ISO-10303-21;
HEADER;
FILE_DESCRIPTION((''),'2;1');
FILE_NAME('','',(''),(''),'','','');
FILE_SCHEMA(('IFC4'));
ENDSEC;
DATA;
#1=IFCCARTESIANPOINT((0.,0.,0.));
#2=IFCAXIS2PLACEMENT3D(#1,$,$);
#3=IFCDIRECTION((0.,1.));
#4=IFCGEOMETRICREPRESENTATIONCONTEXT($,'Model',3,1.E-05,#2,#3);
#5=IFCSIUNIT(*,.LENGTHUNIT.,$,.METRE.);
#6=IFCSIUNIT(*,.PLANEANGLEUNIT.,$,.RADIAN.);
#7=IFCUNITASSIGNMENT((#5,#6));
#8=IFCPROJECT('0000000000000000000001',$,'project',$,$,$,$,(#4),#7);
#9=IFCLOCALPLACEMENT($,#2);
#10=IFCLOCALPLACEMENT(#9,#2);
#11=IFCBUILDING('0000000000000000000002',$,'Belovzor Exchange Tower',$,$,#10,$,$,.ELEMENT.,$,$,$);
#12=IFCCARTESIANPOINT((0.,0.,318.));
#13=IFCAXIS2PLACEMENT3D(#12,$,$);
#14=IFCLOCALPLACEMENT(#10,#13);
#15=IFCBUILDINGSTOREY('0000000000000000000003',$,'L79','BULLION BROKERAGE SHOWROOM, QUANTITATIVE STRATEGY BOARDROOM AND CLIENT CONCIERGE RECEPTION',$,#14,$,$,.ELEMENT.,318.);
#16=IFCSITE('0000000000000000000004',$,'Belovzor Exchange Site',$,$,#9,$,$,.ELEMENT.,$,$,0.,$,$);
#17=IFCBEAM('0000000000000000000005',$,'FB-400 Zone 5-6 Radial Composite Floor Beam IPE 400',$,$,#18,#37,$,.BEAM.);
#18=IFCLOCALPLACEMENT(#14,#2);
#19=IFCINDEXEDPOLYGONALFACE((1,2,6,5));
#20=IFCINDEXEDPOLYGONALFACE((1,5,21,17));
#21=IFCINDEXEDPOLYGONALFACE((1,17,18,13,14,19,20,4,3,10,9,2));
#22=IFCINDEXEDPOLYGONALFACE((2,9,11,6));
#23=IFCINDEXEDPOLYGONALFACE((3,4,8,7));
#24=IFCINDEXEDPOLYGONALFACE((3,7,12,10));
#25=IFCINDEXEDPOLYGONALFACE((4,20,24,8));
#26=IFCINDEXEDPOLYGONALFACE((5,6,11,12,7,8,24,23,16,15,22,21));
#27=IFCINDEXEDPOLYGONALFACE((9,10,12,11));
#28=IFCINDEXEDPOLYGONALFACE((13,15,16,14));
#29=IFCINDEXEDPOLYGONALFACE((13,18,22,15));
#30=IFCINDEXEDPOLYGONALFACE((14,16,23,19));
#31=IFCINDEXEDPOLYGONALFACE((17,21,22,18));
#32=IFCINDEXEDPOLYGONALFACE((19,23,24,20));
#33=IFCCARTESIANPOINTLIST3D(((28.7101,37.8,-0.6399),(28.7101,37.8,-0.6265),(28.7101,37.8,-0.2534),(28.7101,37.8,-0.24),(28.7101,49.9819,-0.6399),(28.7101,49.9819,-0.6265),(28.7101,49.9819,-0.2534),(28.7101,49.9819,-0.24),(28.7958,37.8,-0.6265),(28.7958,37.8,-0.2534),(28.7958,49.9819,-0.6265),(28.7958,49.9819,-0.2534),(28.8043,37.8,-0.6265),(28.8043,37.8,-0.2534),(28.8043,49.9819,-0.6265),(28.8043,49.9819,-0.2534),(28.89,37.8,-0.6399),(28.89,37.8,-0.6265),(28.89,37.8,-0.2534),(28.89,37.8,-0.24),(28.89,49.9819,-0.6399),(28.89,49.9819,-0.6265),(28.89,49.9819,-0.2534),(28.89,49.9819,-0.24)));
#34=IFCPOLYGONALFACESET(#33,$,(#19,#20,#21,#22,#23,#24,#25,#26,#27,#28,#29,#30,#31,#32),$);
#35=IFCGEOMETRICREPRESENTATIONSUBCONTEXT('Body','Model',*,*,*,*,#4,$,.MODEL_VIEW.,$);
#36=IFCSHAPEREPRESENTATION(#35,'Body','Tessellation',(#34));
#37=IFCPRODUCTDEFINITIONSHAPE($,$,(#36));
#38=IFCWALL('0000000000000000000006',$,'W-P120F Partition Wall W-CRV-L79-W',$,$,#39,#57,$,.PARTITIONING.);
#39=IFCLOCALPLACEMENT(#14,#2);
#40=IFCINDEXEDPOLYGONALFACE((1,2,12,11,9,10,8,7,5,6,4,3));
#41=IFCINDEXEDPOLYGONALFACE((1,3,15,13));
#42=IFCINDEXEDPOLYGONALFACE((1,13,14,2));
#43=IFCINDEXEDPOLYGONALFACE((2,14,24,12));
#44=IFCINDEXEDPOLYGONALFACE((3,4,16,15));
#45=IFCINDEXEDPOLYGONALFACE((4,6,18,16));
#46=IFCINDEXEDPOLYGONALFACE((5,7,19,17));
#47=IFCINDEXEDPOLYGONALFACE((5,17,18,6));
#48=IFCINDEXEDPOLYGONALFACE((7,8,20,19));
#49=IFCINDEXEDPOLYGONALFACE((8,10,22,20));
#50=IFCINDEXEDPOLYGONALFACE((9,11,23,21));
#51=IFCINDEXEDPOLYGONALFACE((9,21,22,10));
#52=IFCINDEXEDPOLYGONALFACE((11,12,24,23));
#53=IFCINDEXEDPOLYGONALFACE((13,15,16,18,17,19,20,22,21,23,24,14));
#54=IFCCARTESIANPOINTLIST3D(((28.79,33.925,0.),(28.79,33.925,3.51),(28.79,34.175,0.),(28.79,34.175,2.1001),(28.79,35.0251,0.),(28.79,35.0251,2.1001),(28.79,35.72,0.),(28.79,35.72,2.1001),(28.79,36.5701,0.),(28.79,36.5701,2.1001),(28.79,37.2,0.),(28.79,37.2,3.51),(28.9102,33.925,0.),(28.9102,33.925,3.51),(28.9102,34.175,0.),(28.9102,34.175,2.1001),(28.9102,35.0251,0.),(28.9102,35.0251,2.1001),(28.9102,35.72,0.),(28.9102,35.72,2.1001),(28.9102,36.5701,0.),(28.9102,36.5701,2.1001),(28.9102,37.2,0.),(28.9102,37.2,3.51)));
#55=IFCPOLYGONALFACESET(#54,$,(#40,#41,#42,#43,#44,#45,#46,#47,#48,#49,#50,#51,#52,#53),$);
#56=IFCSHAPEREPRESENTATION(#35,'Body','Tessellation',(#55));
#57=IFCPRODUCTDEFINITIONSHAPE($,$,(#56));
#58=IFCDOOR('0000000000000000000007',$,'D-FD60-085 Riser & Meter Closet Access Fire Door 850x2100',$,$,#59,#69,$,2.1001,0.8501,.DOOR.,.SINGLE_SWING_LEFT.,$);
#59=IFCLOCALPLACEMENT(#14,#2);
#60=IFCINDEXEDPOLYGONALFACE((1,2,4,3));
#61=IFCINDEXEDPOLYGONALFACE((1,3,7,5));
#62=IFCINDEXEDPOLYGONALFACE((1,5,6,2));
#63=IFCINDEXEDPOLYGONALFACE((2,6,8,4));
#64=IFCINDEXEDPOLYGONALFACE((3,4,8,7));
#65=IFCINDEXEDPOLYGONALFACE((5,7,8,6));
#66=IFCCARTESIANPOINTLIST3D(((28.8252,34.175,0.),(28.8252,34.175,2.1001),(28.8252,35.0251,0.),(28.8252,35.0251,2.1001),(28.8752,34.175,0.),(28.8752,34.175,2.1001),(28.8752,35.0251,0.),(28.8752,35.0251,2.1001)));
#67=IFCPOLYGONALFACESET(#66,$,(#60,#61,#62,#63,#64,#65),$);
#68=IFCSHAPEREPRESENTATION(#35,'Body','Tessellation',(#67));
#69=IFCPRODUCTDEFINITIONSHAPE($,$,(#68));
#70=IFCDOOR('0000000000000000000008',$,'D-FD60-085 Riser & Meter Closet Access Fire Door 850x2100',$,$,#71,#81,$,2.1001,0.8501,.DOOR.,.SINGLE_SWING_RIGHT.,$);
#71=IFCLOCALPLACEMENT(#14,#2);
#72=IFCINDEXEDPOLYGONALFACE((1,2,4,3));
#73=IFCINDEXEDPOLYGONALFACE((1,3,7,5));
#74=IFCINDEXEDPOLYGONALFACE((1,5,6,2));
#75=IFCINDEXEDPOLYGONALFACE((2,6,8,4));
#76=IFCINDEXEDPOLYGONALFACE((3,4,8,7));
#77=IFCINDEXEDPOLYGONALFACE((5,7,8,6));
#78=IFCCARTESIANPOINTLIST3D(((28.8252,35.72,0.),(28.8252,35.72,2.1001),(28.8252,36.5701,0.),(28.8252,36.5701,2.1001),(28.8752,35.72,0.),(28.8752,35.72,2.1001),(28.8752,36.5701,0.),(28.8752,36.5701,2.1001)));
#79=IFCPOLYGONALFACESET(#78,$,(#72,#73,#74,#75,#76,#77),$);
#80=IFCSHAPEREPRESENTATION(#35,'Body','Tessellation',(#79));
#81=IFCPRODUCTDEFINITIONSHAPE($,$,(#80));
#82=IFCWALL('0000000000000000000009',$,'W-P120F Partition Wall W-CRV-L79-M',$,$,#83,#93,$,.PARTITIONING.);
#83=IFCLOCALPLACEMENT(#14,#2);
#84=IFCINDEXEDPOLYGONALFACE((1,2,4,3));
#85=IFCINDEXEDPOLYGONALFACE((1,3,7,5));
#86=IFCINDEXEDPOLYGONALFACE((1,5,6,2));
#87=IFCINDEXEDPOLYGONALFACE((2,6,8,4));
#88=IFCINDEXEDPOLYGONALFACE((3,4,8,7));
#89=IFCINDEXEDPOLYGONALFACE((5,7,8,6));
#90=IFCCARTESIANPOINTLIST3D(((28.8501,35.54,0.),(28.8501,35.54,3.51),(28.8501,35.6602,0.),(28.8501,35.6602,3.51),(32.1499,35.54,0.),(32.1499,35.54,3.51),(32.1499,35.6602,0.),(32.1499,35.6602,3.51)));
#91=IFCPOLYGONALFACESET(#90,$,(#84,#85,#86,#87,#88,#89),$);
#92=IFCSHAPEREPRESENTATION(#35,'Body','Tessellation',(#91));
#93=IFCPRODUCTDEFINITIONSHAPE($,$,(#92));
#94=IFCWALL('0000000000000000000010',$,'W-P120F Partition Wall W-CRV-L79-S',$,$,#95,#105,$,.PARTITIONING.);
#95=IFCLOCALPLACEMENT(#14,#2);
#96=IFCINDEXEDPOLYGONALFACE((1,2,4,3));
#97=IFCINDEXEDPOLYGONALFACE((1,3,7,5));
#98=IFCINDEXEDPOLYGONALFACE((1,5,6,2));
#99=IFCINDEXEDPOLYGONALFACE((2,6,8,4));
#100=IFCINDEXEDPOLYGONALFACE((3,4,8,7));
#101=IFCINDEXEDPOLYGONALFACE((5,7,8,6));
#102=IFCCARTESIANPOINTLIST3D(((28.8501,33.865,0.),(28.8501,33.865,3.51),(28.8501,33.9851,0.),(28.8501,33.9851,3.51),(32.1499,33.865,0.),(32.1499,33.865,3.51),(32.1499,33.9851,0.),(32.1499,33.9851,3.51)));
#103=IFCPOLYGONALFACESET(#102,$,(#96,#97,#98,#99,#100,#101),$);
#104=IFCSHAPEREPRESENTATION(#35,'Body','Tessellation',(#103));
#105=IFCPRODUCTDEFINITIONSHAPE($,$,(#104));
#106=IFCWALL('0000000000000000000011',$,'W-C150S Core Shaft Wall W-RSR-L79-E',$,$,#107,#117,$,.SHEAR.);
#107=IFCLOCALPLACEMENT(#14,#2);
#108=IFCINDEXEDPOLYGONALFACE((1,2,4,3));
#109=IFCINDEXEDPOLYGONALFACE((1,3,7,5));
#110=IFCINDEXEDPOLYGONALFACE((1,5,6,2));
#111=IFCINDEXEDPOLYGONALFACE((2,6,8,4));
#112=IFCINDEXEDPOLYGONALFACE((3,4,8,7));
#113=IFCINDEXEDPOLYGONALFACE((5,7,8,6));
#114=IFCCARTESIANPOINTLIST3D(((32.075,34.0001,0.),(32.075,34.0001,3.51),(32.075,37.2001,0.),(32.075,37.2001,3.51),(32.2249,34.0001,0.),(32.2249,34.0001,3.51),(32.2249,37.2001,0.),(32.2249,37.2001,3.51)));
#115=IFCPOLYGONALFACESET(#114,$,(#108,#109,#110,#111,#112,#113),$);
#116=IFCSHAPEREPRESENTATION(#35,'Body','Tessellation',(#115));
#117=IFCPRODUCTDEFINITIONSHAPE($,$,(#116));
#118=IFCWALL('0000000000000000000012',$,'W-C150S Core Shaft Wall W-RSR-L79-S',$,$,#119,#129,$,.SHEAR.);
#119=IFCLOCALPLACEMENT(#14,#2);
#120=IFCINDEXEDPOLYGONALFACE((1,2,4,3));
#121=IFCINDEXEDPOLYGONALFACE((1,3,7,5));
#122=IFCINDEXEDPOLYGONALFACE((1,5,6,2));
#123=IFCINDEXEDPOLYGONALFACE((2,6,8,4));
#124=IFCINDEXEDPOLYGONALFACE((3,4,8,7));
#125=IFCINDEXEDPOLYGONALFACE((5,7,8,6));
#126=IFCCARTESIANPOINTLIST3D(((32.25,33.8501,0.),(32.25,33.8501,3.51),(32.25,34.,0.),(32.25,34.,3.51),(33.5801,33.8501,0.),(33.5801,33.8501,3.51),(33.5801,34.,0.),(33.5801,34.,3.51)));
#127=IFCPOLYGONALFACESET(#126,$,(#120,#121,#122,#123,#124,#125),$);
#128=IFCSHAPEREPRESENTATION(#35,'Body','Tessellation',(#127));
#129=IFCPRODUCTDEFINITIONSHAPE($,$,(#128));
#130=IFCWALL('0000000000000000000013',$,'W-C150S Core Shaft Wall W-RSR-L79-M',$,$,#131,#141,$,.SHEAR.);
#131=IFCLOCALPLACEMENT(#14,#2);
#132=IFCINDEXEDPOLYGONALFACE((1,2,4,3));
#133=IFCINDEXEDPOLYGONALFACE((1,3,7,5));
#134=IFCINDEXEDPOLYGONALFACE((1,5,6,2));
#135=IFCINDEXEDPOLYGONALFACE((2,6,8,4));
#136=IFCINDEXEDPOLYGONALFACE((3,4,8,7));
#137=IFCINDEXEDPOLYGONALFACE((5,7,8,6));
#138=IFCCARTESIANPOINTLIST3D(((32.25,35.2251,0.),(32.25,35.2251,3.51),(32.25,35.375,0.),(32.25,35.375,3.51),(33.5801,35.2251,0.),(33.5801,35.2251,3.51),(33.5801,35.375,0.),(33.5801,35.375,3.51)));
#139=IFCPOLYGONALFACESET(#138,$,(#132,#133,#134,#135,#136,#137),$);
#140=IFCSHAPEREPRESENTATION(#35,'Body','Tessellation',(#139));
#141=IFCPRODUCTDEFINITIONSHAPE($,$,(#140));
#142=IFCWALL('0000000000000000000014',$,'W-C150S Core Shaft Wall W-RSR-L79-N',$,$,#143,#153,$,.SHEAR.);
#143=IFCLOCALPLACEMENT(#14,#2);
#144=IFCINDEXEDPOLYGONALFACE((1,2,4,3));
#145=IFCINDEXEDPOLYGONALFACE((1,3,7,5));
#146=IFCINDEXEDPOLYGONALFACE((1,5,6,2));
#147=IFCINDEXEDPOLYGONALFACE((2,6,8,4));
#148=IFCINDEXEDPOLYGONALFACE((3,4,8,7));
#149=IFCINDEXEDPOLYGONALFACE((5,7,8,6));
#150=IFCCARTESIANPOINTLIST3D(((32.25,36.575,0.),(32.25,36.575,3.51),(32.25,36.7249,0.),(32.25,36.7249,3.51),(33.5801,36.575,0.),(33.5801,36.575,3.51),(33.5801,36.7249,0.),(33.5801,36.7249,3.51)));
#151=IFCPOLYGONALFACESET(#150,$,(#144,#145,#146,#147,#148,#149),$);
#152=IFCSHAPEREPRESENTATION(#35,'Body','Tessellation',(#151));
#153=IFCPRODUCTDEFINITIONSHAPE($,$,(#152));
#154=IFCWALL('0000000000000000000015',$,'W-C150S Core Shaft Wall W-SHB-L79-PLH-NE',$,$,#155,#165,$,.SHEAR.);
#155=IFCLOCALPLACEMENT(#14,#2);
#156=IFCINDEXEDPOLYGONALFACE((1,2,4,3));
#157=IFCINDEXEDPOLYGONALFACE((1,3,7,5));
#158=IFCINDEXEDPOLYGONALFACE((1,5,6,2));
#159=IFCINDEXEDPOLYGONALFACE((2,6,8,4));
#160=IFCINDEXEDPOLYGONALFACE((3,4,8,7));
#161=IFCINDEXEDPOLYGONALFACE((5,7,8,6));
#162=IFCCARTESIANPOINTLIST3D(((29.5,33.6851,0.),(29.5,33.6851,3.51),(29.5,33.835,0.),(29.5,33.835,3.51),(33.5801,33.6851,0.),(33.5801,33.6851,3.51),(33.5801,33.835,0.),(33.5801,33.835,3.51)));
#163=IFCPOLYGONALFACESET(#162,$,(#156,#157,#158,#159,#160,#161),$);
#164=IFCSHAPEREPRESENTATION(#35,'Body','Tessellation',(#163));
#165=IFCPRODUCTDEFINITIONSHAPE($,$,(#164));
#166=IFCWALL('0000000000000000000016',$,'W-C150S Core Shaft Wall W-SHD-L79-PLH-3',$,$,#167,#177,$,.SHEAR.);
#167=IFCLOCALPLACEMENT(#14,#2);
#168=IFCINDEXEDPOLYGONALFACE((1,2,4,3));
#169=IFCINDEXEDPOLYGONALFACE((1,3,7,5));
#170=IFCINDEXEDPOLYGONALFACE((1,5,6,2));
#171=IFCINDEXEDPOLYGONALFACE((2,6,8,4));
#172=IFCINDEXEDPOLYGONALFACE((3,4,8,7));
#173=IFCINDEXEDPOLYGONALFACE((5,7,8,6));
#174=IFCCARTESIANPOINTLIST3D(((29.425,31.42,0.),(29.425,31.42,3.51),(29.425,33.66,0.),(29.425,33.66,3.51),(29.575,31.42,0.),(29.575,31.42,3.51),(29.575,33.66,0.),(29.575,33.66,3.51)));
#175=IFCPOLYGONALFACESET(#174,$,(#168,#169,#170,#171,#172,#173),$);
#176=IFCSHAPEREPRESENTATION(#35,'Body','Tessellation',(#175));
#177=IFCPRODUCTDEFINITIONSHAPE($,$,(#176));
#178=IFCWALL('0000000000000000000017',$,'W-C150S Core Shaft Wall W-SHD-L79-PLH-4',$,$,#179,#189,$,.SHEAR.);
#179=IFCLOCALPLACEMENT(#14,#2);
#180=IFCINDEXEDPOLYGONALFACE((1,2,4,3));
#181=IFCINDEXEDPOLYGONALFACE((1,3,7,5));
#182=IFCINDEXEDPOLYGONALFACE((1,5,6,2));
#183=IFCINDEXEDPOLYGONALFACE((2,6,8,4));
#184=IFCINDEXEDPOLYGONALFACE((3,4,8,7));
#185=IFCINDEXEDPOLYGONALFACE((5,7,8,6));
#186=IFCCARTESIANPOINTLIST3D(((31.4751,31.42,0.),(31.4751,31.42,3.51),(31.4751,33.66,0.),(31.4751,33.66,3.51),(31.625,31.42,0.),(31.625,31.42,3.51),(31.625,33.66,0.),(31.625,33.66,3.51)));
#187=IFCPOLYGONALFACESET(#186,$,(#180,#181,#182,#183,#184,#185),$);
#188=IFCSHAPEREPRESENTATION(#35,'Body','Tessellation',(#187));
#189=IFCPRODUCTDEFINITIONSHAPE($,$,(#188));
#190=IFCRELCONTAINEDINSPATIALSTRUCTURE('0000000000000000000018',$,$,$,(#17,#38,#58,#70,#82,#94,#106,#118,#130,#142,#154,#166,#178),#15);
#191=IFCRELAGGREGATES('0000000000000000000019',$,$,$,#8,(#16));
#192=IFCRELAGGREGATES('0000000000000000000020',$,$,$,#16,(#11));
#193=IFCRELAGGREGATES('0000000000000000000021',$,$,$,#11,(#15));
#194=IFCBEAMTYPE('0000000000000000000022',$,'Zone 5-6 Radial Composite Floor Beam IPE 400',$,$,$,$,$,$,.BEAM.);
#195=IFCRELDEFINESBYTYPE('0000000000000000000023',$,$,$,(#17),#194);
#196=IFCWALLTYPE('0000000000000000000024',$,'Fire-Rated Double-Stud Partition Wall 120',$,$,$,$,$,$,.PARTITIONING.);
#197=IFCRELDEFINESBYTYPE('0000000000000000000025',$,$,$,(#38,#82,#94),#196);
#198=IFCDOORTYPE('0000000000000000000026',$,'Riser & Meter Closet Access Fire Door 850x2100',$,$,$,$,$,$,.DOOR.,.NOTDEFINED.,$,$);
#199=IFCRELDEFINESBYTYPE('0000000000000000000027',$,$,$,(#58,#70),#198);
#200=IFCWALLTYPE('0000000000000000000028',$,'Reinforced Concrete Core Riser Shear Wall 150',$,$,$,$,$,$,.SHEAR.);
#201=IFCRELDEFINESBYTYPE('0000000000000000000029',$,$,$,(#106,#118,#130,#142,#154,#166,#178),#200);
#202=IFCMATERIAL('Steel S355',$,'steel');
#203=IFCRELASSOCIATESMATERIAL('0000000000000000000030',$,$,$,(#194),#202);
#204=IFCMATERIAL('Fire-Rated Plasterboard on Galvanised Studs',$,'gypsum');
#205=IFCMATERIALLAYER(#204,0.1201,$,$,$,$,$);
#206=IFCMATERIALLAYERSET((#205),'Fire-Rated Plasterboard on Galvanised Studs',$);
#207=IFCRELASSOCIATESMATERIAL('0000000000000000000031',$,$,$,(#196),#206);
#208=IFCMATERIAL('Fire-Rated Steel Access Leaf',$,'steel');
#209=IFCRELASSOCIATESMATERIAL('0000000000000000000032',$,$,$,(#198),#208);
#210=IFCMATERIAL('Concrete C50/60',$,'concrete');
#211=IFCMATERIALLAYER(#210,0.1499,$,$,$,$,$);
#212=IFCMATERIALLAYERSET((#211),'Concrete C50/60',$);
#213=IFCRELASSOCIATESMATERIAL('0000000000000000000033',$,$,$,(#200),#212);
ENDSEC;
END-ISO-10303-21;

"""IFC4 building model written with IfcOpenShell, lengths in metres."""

from ifc_helpers import new_model, si_unit, direction, frame, frame_2d, origin, origin_2d, place, context, subcontext, project, spatial, rectangle, i_section, extrude, material, layer, layer_set, material_profile, profile_set, type_object, element, fill, save


model = new_model("IFC4")

# Units and contexts
model_context = context("Model", 3, precision=1e-05, world=origin(), true_north=direction((0.0, 1.0)))
body_context = subcontext(model_context, "Body", "Model", "MODEL_VIEW")
ifc_project = project(units=[si_unit("LENGTHUNIT", "METRE"), si_unit("PLANEANGLEUNIT", "RADIAN")], contexts=[model_context])

# Site, building, storey
site_placement = place(None, origin())
site = spatial("IfcSite", under=ifc_project, at=site_placement, Name="Belovzor Exchange Site", CompositionType="ELEMENT", RefElevation=0.0)
building_placement = place(site_placement, origin())
building = spatial("IfcBuilding", under=site, at=building_placement, Name="Belovzor Exchange Tower", CompositionType="ELEMENT")
storey_placement = place(building_placement, frame((0.0, 0.0, 318.0)))
storey = spatial("IfcBuildingStorey", under=building, at=storey_placement, Name="L79", Description="BULLION BROKERAGE SHOWROOM, QUANTITATIVE STRATEGY BOARDROOM AND CLIENT CONCIERGE RECEPTION", CompositionType="ELEMENT", Elevation=318.0)

# Beam
ifc_material_1 = material(Name="Steel S355", Category="steel")
ifc_material_profile = material_profile(ifc_material_1, i_section(OverallWidth=0.1799, OverallDepth=0.3999, WebThickness=0.0085, FlangeThickness=0.0134, at=origin_2d()))
ifc_profile_set = profile_set([ifc_material_profile], Name="Steel S355")
beam_type = type_object("IfcBeamType", Name="Zone 5-6 Radial Composite Floor Beam IPE 400", PredefinedType="BEAM", material=ifc_profile_set)
beam_placement = place(storey_placement, frame((28.8, 37.8, -0.4399), z_axis=(0.0, 1.0, 0.0), x_axis=(-1.0, 0.0, 0.0)))
element("IfcBeam", 1, at=beam_placement, inside=storey, type_object=beam_type, Name="FB-400 Zone 5-6 Radial Composite Floor Beam IPE 400", PredefinedType="BEAM", context=body_context, shape_type="SweptSolid", body=[
    extrude(i_section(OverallWidth=0.1799, OverallDepth=0.3999, WebThickness=0.0085, FlangeThickness=0.0134, at=origin_2d()), origin(), (0.0, 0.0, 1.0), 12.1819),
])

# Wall, openings, doors
ifc_material_2 = material(Name="Fire-Rated Plasterboard on Galvanised Studs", Category="gypsum")
ifc_layer_1 = layer(ifc_material_2, 0.1201)
ifc_layer_set_1 = layer_set([ifc_layer_1], Name="Fire-Rated Plasterboard on Galvanised Studs")
wall_type_1 = type_object("IfcWallType", Name="Fire-Rated Double-Stud Partition Wall 120", PredefinedType="PARTITIONING", material=ifc_layer_set_1)
wall_1_placement = place(storey_placement, frame((28.8501, 33.925, 0.0), z_axis=(0.0, 0.0, 1.0), x_axis=(0.0, 1.0, 0.0)))
wall_1 = element("IfcWall", 2, at=wall_1_placement, inside=storey, type_object=wall_type_1, Name="W-P120F Partition Wall W-CRV-L79-W", PredefinedType="PARTITIONING", context=body_context, shape_type="SweptSolid", body=[
    extrude(rectangle(XDim=3.2749, YDim=0.1201, at=frame_2d((1.6375, 0.0))), origin(), (0.0, 0.0, 1.0), 3.51),
])
opening_1_placement = place(wall_1_placement, frame((0.25, 0.0, 0.0)))
opening_1 = element("IfcOpeningElement", 3, at=opening_1_placement, cuts=wall_1, PredefinedType="OPENING", context=body_context, shape_type="SweptSolid", body=[
    extrude(rectangle(XDim=0.8501, YDim=2.1001, at=frame_2d((0.425, 1.05))), frame((0.0, 0.0701, 0.0), z_axis=(0.0, -1.0, 0.0), x_axis=(1.0, 0.0, 0.0)), (0.0, 0.0, 1.0), 0.1401),
])
opening_2_placement = place(wall_1_placement, frame((1.7949, 0.0, 0.0)))
opening_2 = element("IfcOpeningElement", 4, at=opening_2_placement, cuts=wall_1, PredefinedType="OPENING", context=body_context, shape_type="SweptSolid", body=[
    extrude(rectangle(XDim=0.8501, YDim=2.1001, at=frame_2d((0.425, 1.05))), frame((0.0, 0.0701, 0.0), z_axis=(0.0, -1.0, 0.0), x_axis=(1.0, 0.0, 0.0)), (0.0, 0.0, 1.0), 0.1401),
])
ifc_material_3 = material(Name="Fire-Rated Steel Access Leaf", Category="steel")
door_type_1 = type_object("IfcDoorType", Name="Riser & Meter Closet Access Fire Door 850x2100", OperationType="NOTDEFINED", PredefinedType="DOOR", material=ifc_material_3)
door_1_placement = place(opening_1_placement, origin())
door_1 = element("IfcDoor", 5, at=door_1_placement, inside=storey, type_object=door_type_1, Name="D-FD60-085 Riser & Meter Closet Access Fire Door 850x2100", OperationType="SINGLE_SWING_LEFT", OverallHeight=2.1001, OverallWidth=0.8501, PredefinedType="DOOR", context=body_context, shape_type="SweptSolid", body=[
    extrude(rectangle(XDim=0.8501, YDim=2.1001, at=frame_2d((0.425, 1.05))), frame((0.0, 0.0249, 0.0), z_axis=(0.0, -1.0, 0.0), x_axis=(1.0, 0.0, 0.0)), (0.0, 0.0, 1.0), 0.05),
])
fill(opening_1, door_1)
door_2_placement = place(opening_2_placement, origin())
door_2 = element("IfcDoor", 6, at=door_2_placement, inside=storey, type_object=door_type_1, Name="D-FD60-085 Riser & Meter Closet Access Fire Door 850x2100", OperationType="SINGLE_SWING_RIGHT", OverallHeight=2.1001, OverallWidth=0.8501, PredefinedType="DOOR", context=body_context, shape_type="SweptSolid", body=[
    extrude(rectangle(XDim=0.8501, YDim=2.1001, at=frame_2d((0.425, 1.05))), frame((0.0, 0.0249, 0.0), z_axis=(0.0, -1.0, 0.0), x_axis=(1.0, 0.0, 0.0)), (0.0, 0.0, 1.0), 0.05),
])
fill(opening_2, door_2)

# Walls
for number, where, z_axis, x_axis, name in (
    (7, (28.8501, 35.6001, 0.0), (0.0, 0.0, 1.0), (1.0, 0.0, 0.0), "W-P120F Partition Wall W-CRV-L79-M"),
    (8, (28.8501, 33.925, 0.0), (0.0, 0.0, 1.0), (1.0, 0.0, 0.0), "W-P120F Partition Wall W-CRV-L79-S"),
):
    element("IfcWall", number, at=place(storey_placement, frame(where, z_axis=z_axis, x_axis=x_axis)), inside=storey, type_object=wall_type_1, Name=name, PredefinedType="PARTITIONING", context=body_context, shape_type="SweptSolid", body=[
        extrude(rectangle(XDim=3.2998, YDim=0.1201, at=frame_2d((1.6499, 0.0))), origin(), (0.0, 0.0, 1.0), 3.51),
    ])
ifc_material_4 = material(Name="Concrete C50/60", Category="concrete")
ifc_layer_2 = layer(ifc_material_4, 0.1499)
ifc_layer_set_2 = layer_set([ifc_layer_2], Name="Concrete C50/60")
wall_type_2 = type_object("IfcWallType", Name="Reinforced Concrete Core Riser Shear Wall 150", PredefinedType="SHEAR", material=ifc_layer_set_2)
wall_2_placement = place(storey_placement, frame((32.1499, 34.0, 0.0), z_axis=(0.0, 0.0, 1.0), x_axis=(0.0, 1.0, 0.0)))
element("IfcWall", 9, at=wall_2_placement, inside=storey, type_object=wall_type_2, Name="W-C150S Core Shaft Wall W-RSR-L79-E", PredefinedType="SHEAR", context=body_context, shape_type="SweptSolid", body=[
    extrude(rectangle(XDim=3.2, YDim=0.1499, at=frame_2d((1.6001, 0.0))), origin(), (0.0, 0.0, 1.0), 3.51),
])
for number, where, z_axis, x_axis, name in (
    (10, (32.25, 33.925, 0.0), (0.0, 0.0, 1.0), (1.0, 0.0, 0.0), "W-C150S Core Shaft Wall W-RSR-L79-S"),
    (11, (32.25, 35.3, 0.0), (0.0, 0.0, 1.0), (1.0, 0.0, 0.0), "W-C150S Core Shaft Wall W-RSR-L79-M"),
    (12, (32.25, 36.6499, 0.0), (0.0, 0.0, 1.0), (1.0, 0.0, 0.0), "W-C150S Core Shaft Wall W-RSR-L79-N"),
):
    element("IfcWall", number, at=place(storey_placement, frame(where, z_axis=z_axis, x_axis=x_axis)), inside=storey, type_object=wall_type_2, Name=name, PredefinedType="SHEAR", context=body_context, shape_type="SweptSolid", body=[
        extrude(rectangle(XDim=1.3301, YDim=0.1499, at=frame_2d((0.665, 0.0))), origin(), (0.0, 0.0, 1.0), 3.51),
    ])
wall_3_placement = place(storey_placement, frame((29.5, 33.76, 0.0), z_axis=(0.0, 0.0, 1.0), x_axis=(1.0, 0.0, 0.0)))
element("IfcWall", 13, at=wall_3_placement, inside=storey, type_object=wall_type_2, Name="W-C150S Core Shaft Wall W-SHB-L79-PLH-NE", PredefinedType="SHEAR", context=body_context, shape_type="SweptSolid", body=[
    extrude(rectangle(XDim=4.0801, YDim=0.1499, at=frame_2d((2.04, 0.0))), origin(), (0.0, 0.0, 1.0), 3.51),
])
for number, where, z_axis, x_axis, name in (
    (14, (29.5, 31.4199, 0.0), (0.0, 0.0, 1.0), (0.0, 1.0, 0.0), "W-C150S Core Shaft Wall W-SHD-L79-PLH-3"),
    (15, (31.55, 31.4199, 0.0), (0.0, 0.0, 1.0), (0.0, 1.0, 0.0), "W-C150S Core Shaft Wall W-SHD-L79-PLH-4"),
):
    element("IfcWall", number, at=place(storey_placement, frame(where, z_axis=z_axis, x_axis=x_axis)), inside=storey, type_object=wall_type_2, Name=name, PredefinedType="SHEAR", context=body_context, shape_type="SweptSolid", body=[
        extrude(rectangle(XDim=2.24, YDim=0.1499, at=frame_2d((1.1201, 0.0))), origin(), (0.0, 0.0, 1.0), 3.51),
    ])

save(model, "model.ifc")
